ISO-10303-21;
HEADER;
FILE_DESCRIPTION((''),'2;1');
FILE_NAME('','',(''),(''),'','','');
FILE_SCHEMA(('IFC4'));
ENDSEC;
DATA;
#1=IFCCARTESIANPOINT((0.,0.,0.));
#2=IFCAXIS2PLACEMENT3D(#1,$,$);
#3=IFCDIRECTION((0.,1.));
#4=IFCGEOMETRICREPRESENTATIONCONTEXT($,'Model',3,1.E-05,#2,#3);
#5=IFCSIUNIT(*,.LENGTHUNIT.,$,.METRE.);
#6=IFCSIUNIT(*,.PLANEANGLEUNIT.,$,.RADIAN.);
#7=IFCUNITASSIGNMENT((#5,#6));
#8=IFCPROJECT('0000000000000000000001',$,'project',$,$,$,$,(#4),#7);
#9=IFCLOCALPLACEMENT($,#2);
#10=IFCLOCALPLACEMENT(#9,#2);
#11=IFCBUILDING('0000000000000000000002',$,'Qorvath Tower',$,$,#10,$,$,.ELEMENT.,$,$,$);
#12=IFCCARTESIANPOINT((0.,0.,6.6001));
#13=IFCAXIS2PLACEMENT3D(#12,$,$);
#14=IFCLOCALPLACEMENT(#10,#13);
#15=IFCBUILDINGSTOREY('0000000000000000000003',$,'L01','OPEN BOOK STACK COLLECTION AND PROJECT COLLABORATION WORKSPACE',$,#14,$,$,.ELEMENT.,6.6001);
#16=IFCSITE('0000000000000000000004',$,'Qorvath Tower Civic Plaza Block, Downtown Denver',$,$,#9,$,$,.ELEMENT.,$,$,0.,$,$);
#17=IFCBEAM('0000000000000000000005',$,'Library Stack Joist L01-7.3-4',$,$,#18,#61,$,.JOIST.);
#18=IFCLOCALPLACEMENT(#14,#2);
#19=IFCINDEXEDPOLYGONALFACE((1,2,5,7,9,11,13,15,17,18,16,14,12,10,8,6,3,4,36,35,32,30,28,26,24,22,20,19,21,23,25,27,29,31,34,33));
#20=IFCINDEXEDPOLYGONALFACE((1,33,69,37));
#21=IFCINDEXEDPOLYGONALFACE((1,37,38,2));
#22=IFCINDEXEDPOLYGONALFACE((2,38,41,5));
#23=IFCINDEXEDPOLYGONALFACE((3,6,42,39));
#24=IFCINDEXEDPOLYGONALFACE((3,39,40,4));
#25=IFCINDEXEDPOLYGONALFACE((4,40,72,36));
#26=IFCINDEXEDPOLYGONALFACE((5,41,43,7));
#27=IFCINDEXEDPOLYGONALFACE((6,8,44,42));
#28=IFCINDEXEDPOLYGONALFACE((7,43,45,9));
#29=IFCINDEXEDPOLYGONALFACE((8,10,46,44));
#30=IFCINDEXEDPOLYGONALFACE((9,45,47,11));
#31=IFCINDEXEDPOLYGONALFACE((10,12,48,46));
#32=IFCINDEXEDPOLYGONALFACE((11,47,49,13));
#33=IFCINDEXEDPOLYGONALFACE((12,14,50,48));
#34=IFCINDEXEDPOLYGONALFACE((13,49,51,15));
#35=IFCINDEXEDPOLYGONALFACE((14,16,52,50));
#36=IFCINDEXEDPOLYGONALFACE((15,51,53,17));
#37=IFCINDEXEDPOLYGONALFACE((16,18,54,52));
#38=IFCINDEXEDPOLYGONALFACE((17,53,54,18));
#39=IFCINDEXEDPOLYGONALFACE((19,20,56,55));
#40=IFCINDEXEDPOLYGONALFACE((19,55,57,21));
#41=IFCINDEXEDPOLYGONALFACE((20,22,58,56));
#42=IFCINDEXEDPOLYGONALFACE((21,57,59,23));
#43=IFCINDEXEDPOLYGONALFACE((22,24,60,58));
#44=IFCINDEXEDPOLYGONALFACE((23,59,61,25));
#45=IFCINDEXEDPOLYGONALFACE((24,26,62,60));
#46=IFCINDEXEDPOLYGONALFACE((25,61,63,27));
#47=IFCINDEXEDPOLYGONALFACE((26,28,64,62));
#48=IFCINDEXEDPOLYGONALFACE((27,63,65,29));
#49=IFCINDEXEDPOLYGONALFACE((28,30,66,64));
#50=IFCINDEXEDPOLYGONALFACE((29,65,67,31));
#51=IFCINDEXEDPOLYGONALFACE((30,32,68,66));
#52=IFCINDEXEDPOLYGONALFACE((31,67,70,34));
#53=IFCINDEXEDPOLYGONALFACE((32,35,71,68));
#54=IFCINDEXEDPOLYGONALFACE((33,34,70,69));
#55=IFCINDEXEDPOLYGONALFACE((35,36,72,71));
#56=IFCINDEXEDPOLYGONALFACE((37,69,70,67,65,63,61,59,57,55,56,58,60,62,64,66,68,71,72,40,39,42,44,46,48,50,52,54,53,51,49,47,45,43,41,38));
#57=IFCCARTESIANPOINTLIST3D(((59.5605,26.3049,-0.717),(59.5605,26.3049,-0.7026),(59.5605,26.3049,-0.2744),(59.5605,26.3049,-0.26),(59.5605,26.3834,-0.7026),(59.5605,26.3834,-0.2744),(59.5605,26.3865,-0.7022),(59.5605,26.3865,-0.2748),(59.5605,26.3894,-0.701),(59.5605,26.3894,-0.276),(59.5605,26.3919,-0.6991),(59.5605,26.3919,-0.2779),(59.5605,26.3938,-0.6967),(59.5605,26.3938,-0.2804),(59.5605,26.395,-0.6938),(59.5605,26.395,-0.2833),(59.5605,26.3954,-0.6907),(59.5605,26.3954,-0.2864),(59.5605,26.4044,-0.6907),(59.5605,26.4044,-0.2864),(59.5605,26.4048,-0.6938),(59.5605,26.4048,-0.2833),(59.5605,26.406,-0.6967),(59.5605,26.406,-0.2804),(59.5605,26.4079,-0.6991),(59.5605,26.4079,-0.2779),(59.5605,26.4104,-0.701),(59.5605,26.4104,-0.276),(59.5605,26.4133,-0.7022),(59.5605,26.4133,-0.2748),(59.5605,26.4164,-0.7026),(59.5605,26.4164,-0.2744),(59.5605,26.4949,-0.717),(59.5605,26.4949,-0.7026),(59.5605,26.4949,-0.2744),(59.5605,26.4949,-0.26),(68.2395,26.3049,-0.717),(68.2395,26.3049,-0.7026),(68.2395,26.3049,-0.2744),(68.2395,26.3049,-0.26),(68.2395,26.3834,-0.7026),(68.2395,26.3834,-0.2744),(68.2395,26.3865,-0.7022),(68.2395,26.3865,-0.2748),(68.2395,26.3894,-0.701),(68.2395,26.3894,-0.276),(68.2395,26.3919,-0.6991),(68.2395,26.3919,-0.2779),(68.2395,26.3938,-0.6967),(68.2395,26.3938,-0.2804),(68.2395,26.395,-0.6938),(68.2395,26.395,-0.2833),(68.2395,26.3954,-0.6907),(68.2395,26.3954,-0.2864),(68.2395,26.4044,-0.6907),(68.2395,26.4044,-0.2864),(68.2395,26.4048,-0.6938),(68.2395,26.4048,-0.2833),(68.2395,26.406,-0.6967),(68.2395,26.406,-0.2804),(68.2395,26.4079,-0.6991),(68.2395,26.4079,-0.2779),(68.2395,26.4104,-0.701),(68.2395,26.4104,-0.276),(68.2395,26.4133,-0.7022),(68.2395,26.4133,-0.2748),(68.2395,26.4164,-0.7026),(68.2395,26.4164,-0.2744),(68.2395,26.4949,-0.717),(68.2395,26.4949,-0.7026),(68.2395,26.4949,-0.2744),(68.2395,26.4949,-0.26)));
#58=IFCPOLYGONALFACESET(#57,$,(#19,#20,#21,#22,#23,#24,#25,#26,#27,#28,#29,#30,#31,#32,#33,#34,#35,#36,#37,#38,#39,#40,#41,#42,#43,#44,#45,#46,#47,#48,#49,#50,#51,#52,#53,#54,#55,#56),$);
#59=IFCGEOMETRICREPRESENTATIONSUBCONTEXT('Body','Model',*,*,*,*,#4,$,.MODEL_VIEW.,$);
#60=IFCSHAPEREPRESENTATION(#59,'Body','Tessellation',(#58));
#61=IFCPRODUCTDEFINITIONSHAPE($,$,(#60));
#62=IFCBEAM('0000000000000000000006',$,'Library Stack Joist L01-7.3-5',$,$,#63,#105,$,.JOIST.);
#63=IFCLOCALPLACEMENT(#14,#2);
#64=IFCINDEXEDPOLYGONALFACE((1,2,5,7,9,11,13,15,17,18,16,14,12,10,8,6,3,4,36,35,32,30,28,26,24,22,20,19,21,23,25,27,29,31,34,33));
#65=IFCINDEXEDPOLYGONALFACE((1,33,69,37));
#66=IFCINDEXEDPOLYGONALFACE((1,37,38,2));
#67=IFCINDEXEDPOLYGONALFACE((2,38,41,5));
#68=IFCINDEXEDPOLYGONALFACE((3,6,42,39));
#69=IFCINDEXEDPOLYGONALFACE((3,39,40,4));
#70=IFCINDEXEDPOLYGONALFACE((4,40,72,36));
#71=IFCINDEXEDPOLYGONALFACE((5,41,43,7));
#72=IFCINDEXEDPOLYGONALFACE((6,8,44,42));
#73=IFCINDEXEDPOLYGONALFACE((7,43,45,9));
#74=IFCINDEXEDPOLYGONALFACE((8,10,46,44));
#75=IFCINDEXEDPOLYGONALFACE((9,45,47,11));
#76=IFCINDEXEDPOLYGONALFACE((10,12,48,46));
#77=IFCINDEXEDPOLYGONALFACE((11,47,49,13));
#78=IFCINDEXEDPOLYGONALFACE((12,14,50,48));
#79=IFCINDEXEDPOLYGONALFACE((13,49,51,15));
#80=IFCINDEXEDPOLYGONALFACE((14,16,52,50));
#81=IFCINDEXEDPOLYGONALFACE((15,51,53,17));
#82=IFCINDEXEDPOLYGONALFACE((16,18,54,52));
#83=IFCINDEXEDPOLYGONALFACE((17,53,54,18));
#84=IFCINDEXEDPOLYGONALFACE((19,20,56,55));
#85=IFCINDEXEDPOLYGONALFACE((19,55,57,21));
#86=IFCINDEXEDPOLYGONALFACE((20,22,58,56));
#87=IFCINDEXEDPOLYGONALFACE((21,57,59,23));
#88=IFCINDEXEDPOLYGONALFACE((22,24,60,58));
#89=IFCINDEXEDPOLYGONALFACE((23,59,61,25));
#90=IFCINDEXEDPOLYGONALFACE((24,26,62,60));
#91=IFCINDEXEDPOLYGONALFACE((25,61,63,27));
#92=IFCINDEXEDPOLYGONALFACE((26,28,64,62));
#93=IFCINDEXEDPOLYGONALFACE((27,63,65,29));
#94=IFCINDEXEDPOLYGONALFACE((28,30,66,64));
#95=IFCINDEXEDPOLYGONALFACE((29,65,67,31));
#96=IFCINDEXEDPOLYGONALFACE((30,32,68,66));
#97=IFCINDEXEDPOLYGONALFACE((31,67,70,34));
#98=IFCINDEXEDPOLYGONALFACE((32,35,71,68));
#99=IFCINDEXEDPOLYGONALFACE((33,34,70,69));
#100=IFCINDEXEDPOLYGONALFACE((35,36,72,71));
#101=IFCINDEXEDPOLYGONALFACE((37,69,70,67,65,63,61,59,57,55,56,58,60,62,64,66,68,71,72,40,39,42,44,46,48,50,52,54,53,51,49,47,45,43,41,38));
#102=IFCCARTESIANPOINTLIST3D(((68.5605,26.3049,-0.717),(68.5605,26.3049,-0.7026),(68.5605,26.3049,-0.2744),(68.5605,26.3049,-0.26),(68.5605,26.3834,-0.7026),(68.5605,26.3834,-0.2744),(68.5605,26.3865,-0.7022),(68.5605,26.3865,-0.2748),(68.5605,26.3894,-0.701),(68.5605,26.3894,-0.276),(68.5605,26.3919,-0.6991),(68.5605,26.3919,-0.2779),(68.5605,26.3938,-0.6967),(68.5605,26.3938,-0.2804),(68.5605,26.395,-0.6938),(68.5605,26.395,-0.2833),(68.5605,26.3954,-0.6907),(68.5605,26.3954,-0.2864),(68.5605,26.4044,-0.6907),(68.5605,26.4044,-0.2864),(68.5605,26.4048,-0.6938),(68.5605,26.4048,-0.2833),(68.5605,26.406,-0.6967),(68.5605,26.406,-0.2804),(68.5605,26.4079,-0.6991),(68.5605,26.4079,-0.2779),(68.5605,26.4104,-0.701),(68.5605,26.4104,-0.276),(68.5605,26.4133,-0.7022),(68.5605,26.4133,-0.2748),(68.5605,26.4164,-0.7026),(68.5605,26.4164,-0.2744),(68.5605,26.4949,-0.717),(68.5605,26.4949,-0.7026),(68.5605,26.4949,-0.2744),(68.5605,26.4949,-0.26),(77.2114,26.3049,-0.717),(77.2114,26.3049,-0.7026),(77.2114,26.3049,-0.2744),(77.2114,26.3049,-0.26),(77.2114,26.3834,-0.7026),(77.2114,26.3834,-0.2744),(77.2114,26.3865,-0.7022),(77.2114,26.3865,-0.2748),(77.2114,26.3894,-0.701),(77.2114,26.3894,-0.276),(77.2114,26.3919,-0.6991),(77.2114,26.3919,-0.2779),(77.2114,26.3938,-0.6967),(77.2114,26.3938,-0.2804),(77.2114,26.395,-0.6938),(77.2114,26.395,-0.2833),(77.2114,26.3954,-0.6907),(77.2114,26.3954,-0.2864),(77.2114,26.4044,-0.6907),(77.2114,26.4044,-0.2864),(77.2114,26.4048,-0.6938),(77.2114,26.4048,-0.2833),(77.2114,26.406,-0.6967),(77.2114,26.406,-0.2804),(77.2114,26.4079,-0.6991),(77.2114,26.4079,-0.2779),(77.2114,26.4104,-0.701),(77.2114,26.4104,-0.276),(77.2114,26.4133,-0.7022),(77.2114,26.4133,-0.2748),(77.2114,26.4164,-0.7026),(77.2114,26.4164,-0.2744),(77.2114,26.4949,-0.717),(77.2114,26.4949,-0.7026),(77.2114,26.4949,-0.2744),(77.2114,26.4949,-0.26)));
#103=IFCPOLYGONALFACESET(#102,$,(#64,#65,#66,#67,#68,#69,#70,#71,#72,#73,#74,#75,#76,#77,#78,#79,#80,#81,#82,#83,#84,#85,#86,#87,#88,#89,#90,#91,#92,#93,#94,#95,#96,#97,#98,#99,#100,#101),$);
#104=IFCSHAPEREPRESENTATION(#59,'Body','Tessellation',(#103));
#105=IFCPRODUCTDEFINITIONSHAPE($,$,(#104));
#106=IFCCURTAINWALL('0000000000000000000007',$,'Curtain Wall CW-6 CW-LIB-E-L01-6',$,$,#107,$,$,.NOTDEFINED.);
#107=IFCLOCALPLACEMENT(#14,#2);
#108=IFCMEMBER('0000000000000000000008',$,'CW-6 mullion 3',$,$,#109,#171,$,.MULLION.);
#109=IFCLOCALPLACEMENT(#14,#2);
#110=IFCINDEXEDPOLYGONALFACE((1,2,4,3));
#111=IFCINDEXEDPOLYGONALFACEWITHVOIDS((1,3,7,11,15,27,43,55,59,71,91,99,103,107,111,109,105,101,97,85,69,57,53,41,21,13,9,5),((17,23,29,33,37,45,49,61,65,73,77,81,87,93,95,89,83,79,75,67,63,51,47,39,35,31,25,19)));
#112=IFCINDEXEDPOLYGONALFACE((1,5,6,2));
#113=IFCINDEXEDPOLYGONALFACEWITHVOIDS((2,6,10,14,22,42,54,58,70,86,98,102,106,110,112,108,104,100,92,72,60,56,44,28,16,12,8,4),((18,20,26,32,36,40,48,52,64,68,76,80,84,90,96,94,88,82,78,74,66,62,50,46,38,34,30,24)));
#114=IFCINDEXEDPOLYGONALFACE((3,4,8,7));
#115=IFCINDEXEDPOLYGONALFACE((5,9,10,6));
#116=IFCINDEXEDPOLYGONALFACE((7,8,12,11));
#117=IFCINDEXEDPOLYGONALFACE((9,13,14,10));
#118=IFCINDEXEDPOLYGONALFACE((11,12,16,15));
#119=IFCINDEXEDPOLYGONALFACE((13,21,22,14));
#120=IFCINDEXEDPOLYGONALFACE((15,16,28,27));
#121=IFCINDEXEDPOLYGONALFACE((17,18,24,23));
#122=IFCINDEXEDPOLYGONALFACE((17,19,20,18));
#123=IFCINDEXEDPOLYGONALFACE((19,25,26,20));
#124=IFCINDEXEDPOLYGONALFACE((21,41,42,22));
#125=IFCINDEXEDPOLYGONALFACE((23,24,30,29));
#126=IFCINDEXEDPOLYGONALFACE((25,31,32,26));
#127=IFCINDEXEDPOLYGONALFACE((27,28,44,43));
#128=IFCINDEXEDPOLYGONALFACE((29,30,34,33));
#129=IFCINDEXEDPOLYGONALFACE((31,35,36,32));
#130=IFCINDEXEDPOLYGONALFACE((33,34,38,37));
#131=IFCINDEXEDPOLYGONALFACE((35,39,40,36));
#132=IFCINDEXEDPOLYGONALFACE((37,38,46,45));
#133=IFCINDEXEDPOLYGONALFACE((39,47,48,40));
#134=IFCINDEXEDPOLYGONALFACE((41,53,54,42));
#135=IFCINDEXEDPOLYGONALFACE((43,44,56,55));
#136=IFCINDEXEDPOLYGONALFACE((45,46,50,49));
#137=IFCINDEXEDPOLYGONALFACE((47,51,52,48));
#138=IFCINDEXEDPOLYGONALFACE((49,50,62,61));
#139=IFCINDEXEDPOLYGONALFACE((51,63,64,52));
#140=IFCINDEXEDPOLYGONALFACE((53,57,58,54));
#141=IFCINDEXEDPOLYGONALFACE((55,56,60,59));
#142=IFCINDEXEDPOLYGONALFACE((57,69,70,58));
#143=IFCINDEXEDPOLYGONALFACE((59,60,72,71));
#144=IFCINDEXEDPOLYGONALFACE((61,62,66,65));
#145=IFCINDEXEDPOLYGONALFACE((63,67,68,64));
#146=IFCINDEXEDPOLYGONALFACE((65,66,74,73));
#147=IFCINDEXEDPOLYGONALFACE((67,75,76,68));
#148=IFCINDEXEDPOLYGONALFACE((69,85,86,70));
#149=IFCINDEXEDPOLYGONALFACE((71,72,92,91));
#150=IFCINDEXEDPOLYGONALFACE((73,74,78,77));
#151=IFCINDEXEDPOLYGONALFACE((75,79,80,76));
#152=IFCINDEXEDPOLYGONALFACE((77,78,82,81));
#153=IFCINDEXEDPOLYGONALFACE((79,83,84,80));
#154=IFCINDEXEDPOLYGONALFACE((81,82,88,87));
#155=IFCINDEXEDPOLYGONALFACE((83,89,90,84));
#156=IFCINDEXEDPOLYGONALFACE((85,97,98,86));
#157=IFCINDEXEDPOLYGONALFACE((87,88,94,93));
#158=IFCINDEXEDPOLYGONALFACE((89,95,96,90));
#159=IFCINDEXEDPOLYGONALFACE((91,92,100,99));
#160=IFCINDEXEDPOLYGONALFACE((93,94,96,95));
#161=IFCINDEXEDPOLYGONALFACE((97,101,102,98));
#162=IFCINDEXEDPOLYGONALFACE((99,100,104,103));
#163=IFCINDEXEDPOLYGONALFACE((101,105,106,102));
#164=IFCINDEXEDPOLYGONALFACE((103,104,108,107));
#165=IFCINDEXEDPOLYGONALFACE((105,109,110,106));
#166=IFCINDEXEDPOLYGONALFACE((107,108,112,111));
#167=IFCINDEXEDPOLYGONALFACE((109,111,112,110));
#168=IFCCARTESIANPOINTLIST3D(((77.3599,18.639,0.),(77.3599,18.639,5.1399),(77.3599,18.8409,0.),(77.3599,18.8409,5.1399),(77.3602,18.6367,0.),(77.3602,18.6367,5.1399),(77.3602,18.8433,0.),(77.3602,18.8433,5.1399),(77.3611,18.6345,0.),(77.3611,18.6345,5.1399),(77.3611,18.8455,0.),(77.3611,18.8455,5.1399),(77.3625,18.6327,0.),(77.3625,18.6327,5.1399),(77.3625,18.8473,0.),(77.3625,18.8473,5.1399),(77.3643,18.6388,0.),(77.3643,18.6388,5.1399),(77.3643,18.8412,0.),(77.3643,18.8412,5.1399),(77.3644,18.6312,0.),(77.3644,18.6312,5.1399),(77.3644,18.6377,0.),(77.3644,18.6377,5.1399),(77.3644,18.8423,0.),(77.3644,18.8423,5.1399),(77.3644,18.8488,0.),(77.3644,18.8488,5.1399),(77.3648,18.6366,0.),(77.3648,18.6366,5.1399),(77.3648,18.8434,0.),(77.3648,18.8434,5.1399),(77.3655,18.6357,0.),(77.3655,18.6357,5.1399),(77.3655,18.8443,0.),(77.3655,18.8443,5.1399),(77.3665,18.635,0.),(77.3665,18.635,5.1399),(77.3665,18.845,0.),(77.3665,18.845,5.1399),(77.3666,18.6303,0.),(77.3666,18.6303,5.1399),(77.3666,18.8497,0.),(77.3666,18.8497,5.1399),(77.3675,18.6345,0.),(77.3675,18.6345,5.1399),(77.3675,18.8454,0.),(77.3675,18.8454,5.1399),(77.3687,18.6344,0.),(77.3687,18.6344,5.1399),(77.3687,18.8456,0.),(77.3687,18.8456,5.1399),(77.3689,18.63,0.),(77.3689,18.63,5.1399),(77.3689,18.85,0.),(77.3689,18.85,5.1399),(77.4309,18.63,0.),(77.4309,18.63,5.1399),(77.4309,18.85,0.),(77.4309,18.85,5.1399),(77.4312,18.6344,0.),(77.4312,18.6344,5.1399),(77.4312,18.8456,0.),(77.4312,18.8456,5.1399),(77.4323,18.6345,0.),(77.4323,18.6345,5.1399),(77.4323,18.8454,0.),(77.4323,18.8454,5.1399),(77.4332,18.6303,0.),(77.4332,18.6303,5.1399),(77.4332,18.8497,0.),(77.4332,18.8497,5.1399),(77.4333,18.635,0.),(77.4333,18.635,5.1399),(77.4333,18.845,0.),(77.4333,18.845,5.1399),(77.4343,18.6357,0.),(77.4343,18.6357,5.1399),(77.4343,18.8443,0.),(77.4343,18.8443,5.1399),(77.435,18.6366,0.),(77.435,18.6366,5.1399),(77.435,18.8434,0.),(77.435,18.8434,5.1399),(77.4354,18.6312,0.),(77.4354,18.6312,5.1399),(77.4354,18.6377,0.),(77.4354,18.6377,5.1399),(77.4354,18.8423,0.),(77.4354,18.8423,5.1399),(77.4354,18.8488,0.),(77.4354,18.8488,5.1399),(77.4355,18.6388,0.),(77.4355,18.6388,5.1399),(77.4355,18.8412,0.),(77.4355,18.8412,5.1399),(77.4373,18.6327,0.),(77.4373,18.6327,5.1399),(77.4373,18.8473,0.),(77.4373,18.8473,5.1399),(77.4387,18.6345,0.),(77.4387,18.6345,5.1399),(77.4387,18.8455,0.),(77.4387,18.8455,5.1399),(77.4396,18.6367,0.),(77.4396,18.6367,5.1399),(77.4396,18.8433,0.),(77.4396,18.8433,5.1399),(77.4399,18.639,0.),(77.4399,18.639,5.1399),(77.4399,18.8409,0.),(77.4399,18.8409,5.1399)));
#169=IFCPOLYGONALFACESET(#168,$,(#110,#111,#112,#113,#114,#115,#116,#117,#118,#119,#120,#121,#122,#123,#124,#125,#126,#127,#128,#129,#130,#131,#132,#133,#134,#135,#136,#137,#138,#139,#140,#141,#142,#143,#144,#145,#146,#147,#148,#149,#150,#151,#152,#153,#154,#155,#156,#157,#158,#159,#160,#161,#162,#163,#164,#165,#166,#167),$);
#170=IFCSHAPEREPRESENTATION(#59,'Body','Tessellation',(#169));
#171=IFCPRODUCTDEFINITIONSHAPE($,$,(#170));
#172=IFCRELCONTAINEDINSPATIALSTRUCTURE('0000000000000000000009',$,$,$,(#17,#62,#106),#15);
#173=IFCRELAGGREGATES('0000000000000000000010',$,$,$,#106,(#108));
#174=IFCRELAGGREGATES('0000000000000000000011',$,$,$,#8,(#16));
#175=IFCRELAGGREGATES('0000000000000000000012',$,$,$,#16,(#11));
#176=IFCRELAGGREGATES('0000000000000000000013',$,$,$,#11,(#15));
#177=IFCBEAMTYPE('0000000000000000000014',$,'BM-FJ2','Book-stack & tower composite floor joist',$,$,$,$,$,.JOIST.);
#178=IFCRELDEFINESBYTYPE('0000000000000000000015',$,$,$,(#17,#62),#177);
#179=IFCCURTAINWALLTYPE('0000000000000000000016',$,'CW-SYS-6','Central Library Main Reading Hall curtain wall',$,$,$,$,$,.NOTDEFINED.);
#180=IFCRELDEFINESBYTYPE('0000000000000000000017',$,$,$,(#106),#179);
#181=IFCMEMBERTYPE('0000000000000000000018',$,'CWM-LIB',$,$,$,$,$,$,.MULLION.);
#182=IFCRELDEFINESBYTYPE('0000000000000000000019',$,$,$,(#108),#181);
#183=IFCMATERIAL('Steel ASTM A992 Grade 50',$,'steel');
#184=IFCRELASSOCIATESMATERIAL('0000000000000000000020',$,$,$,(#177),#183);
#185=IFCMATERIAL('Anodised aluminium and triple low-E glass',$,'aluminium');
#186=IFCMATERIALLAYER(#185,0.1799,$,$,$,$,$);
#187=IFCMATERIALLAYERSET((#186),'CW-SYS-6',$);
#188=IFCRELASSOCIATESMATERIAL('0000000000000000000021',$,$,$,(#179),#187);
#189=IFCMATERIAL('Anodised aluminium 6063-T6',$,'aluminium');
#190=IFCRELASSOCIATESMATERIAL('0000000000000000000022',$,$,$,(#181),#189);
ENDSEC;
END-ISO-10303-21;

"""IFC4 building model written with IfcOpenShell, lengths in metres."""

from ifc_helpers import new_model, si_unit, direction, frame, origin, origin_2d, place, context, subcontext, project, spatial, hollow_rectangle, i_section, extrude, material, layer, layer_set, material_profile, profile_set, type_object, element, aggregate, save


model = new_model("IFC4")

# Units and contexts
model_context = context("Model", 3, precision=1e-05, world=origin(), true_north=direction((0.0, 1.0)))
body_context = subcontext(model_context, "Body", "Model", "MODEL_VIEW")
ifc_project = project(units=[si_unit("LENGTHUNIT", "METRE"), si_unit("PLANEANGLEUNIT", "RADIAN")], contexts=[model_context])

# Site, building, storey
site_placement = place(None, origin())
site = spatial("IfcSite", under=ifc_project, at=site_placement, Name="Qorvath Tower Civic Plaza Block, Downtown Denver", CompositionType="ELEMENT", RefElevation=0.0)
building_placement = place(site_placement, origin())
building = spatial("IfcBuilding", under=site, at=building_placement, Name="Qorvath Tower", CompositionType="ELEMENT")
storey_placement = place(building_placement, frame((0.0, 0.0, 6.6001)))
storey = spatial("IfcBuildingStorey", under=building, at=storey_placement, Name="L01", Description="OPEN BOOK STACK COLLECTION AND PROJECT COLLABORATION WORKSPACE", CompositionType="ELEMENT", Elevation=6.6001)

# Beams
ifc_material_1 = material(Name="Steel ASTM A992 Grade 50", Category="steel")
ifc_material_profile_1 = material_profile(ifc_material_1, i_section(OverallWidth=0.1899, OverallDepth=0.457, WebThickness=0.009, FlangeThickness=0.0144, FilletRadius=0.012, at=origin_2d()), Name="W18x50")
ifc_profile_set_1 = profile_set([ifc_material_profile_1], Name="Steel ASTM A992 Grade 50")
beam_type_1 = type_object("IfcBeamType", Name="BM-FJ2", Description="Book-stack & tower composite floor joist", PredefinedType="JOIST", material=ifc_profile_set_1)
beam_1_placement = place(storey_placement, frame((59.5605, 26.3999, -0.4885), z_axis=(1.0, 0.0, 0.0), x_axis=(0.0, 1.0, 0.0)))
element("IfcBeam", 1, at=beam_1_placement, inside=storey, type_object=beam_type_1, Name="Library Stack Joist L01-7.3-4", PredefinedType="JOIST", context=body_context, shape_type="SweptSolid", body=[
    extrude(i_section(OverallWidth=0.1899, OverallDepth=0.457, WebThickness=0.009, FlangeThickness=0.0144, FilletRadius=0.012, at=origin_2d()), origin(), (0.0, 0.0, 1.0), 8.679),
])
beam_2_placement = place(storey_placement, frame((68.5605, 26.3999, -0.4885), z_axis=(1.0, 0.0, 0.0), x_axis=(0.0, 1.0, 0.0)))
element("IfcBeam", 2, at=beam_2_placement, inside=storey, type_object=beam_type_1, Name="Library Stack Joist L01-7.3-5", PredefinedType="JOIST", context=body_context, shape_type="SweptSolid", body=[
    extrude(i_section(OverallWidth=0.1899, OverallDepth=0.457, WebThickness=0.009, FlangeThickness=0.0144, FilletRadius=0.012, at=origin_2d()), origin(), (0.0, 0.0, 1.0), 8.6509),
])

# Curtain wall, member
ifc_material_2 = material(Name="Anodised aluminium and triple low-E glass", Category="aluminium")
ifc_layer_1 = layer(ifc_material_2, 0.1799)
ifc_layer_set_1 = layer_set([ifc_layer_1], Name="CW-SYS-6")
curtain_wall_type = type_object("IfcCurtainWallType", Name="CW-SYS-6", Description="Central Library Main Reading Hall curtain wall", PredefinedType="NOTDEFINED", material=ifc_layer_set_1)
curtain_wall_placement = place(storey_placement, origin())
curtain_wall = element("IfcCurtainWall", 3, at=curtain_wall_placement, inside=storey, type_object=curtain_wall_type, Name="Curtain Wall CW-6 CW-LIB-E-L01-6", PredefinedType="NOTDEFINED")
ifc_material_3 = material(Name="Anodised aluminium 6063-T6", Category="aluminium")
ifc_material_profile_2 = material_profile(ifc_material_3, hollow_rectangle(XDim=0.0801, YDim=0.22, WallThickness=0.0044, InnerFilletRadius=0.0044, OuterFilletRadius=0.009, at=origin_2d()), Name="CWM LIB 220x80")
ifc_profile_set_2 = profile_set([ifc_material_profile_2], Name="Anodised aluminium 6063-T6")
member_type_1 = type_object("IfcMemberType", Name="CWM-LIB", PredefinedType="MULLION", material=ifc_profile_set_2)
member_1_placement = place(storey_placement, frame((77.3999, 18.74, 0.0), z_axis=(0.0, 0.0, 1.0), x_axis=(-1.0, 0.0, 0.0)))
member_1 = element("IfcMember", 4, at=member_1_placement, type_object=member_type_1, Name="CW-6 mullion 3", PredefinedType="MULLION", context=body_context, shape_type="SweptSolid", body=[
    extrude(hollow_rectangle(XDim=0.0801, YDim=0.22, WallThickness=0.0044, InnerFilletRadius=0.0044, OuterFilletRadius=0.009, at=origin_2d()), origin(), (0.0, 0.0, 1.0), 5.1399),
])
aggregate(curtain_wall, [member_1])

save(model, "model.ifc")
